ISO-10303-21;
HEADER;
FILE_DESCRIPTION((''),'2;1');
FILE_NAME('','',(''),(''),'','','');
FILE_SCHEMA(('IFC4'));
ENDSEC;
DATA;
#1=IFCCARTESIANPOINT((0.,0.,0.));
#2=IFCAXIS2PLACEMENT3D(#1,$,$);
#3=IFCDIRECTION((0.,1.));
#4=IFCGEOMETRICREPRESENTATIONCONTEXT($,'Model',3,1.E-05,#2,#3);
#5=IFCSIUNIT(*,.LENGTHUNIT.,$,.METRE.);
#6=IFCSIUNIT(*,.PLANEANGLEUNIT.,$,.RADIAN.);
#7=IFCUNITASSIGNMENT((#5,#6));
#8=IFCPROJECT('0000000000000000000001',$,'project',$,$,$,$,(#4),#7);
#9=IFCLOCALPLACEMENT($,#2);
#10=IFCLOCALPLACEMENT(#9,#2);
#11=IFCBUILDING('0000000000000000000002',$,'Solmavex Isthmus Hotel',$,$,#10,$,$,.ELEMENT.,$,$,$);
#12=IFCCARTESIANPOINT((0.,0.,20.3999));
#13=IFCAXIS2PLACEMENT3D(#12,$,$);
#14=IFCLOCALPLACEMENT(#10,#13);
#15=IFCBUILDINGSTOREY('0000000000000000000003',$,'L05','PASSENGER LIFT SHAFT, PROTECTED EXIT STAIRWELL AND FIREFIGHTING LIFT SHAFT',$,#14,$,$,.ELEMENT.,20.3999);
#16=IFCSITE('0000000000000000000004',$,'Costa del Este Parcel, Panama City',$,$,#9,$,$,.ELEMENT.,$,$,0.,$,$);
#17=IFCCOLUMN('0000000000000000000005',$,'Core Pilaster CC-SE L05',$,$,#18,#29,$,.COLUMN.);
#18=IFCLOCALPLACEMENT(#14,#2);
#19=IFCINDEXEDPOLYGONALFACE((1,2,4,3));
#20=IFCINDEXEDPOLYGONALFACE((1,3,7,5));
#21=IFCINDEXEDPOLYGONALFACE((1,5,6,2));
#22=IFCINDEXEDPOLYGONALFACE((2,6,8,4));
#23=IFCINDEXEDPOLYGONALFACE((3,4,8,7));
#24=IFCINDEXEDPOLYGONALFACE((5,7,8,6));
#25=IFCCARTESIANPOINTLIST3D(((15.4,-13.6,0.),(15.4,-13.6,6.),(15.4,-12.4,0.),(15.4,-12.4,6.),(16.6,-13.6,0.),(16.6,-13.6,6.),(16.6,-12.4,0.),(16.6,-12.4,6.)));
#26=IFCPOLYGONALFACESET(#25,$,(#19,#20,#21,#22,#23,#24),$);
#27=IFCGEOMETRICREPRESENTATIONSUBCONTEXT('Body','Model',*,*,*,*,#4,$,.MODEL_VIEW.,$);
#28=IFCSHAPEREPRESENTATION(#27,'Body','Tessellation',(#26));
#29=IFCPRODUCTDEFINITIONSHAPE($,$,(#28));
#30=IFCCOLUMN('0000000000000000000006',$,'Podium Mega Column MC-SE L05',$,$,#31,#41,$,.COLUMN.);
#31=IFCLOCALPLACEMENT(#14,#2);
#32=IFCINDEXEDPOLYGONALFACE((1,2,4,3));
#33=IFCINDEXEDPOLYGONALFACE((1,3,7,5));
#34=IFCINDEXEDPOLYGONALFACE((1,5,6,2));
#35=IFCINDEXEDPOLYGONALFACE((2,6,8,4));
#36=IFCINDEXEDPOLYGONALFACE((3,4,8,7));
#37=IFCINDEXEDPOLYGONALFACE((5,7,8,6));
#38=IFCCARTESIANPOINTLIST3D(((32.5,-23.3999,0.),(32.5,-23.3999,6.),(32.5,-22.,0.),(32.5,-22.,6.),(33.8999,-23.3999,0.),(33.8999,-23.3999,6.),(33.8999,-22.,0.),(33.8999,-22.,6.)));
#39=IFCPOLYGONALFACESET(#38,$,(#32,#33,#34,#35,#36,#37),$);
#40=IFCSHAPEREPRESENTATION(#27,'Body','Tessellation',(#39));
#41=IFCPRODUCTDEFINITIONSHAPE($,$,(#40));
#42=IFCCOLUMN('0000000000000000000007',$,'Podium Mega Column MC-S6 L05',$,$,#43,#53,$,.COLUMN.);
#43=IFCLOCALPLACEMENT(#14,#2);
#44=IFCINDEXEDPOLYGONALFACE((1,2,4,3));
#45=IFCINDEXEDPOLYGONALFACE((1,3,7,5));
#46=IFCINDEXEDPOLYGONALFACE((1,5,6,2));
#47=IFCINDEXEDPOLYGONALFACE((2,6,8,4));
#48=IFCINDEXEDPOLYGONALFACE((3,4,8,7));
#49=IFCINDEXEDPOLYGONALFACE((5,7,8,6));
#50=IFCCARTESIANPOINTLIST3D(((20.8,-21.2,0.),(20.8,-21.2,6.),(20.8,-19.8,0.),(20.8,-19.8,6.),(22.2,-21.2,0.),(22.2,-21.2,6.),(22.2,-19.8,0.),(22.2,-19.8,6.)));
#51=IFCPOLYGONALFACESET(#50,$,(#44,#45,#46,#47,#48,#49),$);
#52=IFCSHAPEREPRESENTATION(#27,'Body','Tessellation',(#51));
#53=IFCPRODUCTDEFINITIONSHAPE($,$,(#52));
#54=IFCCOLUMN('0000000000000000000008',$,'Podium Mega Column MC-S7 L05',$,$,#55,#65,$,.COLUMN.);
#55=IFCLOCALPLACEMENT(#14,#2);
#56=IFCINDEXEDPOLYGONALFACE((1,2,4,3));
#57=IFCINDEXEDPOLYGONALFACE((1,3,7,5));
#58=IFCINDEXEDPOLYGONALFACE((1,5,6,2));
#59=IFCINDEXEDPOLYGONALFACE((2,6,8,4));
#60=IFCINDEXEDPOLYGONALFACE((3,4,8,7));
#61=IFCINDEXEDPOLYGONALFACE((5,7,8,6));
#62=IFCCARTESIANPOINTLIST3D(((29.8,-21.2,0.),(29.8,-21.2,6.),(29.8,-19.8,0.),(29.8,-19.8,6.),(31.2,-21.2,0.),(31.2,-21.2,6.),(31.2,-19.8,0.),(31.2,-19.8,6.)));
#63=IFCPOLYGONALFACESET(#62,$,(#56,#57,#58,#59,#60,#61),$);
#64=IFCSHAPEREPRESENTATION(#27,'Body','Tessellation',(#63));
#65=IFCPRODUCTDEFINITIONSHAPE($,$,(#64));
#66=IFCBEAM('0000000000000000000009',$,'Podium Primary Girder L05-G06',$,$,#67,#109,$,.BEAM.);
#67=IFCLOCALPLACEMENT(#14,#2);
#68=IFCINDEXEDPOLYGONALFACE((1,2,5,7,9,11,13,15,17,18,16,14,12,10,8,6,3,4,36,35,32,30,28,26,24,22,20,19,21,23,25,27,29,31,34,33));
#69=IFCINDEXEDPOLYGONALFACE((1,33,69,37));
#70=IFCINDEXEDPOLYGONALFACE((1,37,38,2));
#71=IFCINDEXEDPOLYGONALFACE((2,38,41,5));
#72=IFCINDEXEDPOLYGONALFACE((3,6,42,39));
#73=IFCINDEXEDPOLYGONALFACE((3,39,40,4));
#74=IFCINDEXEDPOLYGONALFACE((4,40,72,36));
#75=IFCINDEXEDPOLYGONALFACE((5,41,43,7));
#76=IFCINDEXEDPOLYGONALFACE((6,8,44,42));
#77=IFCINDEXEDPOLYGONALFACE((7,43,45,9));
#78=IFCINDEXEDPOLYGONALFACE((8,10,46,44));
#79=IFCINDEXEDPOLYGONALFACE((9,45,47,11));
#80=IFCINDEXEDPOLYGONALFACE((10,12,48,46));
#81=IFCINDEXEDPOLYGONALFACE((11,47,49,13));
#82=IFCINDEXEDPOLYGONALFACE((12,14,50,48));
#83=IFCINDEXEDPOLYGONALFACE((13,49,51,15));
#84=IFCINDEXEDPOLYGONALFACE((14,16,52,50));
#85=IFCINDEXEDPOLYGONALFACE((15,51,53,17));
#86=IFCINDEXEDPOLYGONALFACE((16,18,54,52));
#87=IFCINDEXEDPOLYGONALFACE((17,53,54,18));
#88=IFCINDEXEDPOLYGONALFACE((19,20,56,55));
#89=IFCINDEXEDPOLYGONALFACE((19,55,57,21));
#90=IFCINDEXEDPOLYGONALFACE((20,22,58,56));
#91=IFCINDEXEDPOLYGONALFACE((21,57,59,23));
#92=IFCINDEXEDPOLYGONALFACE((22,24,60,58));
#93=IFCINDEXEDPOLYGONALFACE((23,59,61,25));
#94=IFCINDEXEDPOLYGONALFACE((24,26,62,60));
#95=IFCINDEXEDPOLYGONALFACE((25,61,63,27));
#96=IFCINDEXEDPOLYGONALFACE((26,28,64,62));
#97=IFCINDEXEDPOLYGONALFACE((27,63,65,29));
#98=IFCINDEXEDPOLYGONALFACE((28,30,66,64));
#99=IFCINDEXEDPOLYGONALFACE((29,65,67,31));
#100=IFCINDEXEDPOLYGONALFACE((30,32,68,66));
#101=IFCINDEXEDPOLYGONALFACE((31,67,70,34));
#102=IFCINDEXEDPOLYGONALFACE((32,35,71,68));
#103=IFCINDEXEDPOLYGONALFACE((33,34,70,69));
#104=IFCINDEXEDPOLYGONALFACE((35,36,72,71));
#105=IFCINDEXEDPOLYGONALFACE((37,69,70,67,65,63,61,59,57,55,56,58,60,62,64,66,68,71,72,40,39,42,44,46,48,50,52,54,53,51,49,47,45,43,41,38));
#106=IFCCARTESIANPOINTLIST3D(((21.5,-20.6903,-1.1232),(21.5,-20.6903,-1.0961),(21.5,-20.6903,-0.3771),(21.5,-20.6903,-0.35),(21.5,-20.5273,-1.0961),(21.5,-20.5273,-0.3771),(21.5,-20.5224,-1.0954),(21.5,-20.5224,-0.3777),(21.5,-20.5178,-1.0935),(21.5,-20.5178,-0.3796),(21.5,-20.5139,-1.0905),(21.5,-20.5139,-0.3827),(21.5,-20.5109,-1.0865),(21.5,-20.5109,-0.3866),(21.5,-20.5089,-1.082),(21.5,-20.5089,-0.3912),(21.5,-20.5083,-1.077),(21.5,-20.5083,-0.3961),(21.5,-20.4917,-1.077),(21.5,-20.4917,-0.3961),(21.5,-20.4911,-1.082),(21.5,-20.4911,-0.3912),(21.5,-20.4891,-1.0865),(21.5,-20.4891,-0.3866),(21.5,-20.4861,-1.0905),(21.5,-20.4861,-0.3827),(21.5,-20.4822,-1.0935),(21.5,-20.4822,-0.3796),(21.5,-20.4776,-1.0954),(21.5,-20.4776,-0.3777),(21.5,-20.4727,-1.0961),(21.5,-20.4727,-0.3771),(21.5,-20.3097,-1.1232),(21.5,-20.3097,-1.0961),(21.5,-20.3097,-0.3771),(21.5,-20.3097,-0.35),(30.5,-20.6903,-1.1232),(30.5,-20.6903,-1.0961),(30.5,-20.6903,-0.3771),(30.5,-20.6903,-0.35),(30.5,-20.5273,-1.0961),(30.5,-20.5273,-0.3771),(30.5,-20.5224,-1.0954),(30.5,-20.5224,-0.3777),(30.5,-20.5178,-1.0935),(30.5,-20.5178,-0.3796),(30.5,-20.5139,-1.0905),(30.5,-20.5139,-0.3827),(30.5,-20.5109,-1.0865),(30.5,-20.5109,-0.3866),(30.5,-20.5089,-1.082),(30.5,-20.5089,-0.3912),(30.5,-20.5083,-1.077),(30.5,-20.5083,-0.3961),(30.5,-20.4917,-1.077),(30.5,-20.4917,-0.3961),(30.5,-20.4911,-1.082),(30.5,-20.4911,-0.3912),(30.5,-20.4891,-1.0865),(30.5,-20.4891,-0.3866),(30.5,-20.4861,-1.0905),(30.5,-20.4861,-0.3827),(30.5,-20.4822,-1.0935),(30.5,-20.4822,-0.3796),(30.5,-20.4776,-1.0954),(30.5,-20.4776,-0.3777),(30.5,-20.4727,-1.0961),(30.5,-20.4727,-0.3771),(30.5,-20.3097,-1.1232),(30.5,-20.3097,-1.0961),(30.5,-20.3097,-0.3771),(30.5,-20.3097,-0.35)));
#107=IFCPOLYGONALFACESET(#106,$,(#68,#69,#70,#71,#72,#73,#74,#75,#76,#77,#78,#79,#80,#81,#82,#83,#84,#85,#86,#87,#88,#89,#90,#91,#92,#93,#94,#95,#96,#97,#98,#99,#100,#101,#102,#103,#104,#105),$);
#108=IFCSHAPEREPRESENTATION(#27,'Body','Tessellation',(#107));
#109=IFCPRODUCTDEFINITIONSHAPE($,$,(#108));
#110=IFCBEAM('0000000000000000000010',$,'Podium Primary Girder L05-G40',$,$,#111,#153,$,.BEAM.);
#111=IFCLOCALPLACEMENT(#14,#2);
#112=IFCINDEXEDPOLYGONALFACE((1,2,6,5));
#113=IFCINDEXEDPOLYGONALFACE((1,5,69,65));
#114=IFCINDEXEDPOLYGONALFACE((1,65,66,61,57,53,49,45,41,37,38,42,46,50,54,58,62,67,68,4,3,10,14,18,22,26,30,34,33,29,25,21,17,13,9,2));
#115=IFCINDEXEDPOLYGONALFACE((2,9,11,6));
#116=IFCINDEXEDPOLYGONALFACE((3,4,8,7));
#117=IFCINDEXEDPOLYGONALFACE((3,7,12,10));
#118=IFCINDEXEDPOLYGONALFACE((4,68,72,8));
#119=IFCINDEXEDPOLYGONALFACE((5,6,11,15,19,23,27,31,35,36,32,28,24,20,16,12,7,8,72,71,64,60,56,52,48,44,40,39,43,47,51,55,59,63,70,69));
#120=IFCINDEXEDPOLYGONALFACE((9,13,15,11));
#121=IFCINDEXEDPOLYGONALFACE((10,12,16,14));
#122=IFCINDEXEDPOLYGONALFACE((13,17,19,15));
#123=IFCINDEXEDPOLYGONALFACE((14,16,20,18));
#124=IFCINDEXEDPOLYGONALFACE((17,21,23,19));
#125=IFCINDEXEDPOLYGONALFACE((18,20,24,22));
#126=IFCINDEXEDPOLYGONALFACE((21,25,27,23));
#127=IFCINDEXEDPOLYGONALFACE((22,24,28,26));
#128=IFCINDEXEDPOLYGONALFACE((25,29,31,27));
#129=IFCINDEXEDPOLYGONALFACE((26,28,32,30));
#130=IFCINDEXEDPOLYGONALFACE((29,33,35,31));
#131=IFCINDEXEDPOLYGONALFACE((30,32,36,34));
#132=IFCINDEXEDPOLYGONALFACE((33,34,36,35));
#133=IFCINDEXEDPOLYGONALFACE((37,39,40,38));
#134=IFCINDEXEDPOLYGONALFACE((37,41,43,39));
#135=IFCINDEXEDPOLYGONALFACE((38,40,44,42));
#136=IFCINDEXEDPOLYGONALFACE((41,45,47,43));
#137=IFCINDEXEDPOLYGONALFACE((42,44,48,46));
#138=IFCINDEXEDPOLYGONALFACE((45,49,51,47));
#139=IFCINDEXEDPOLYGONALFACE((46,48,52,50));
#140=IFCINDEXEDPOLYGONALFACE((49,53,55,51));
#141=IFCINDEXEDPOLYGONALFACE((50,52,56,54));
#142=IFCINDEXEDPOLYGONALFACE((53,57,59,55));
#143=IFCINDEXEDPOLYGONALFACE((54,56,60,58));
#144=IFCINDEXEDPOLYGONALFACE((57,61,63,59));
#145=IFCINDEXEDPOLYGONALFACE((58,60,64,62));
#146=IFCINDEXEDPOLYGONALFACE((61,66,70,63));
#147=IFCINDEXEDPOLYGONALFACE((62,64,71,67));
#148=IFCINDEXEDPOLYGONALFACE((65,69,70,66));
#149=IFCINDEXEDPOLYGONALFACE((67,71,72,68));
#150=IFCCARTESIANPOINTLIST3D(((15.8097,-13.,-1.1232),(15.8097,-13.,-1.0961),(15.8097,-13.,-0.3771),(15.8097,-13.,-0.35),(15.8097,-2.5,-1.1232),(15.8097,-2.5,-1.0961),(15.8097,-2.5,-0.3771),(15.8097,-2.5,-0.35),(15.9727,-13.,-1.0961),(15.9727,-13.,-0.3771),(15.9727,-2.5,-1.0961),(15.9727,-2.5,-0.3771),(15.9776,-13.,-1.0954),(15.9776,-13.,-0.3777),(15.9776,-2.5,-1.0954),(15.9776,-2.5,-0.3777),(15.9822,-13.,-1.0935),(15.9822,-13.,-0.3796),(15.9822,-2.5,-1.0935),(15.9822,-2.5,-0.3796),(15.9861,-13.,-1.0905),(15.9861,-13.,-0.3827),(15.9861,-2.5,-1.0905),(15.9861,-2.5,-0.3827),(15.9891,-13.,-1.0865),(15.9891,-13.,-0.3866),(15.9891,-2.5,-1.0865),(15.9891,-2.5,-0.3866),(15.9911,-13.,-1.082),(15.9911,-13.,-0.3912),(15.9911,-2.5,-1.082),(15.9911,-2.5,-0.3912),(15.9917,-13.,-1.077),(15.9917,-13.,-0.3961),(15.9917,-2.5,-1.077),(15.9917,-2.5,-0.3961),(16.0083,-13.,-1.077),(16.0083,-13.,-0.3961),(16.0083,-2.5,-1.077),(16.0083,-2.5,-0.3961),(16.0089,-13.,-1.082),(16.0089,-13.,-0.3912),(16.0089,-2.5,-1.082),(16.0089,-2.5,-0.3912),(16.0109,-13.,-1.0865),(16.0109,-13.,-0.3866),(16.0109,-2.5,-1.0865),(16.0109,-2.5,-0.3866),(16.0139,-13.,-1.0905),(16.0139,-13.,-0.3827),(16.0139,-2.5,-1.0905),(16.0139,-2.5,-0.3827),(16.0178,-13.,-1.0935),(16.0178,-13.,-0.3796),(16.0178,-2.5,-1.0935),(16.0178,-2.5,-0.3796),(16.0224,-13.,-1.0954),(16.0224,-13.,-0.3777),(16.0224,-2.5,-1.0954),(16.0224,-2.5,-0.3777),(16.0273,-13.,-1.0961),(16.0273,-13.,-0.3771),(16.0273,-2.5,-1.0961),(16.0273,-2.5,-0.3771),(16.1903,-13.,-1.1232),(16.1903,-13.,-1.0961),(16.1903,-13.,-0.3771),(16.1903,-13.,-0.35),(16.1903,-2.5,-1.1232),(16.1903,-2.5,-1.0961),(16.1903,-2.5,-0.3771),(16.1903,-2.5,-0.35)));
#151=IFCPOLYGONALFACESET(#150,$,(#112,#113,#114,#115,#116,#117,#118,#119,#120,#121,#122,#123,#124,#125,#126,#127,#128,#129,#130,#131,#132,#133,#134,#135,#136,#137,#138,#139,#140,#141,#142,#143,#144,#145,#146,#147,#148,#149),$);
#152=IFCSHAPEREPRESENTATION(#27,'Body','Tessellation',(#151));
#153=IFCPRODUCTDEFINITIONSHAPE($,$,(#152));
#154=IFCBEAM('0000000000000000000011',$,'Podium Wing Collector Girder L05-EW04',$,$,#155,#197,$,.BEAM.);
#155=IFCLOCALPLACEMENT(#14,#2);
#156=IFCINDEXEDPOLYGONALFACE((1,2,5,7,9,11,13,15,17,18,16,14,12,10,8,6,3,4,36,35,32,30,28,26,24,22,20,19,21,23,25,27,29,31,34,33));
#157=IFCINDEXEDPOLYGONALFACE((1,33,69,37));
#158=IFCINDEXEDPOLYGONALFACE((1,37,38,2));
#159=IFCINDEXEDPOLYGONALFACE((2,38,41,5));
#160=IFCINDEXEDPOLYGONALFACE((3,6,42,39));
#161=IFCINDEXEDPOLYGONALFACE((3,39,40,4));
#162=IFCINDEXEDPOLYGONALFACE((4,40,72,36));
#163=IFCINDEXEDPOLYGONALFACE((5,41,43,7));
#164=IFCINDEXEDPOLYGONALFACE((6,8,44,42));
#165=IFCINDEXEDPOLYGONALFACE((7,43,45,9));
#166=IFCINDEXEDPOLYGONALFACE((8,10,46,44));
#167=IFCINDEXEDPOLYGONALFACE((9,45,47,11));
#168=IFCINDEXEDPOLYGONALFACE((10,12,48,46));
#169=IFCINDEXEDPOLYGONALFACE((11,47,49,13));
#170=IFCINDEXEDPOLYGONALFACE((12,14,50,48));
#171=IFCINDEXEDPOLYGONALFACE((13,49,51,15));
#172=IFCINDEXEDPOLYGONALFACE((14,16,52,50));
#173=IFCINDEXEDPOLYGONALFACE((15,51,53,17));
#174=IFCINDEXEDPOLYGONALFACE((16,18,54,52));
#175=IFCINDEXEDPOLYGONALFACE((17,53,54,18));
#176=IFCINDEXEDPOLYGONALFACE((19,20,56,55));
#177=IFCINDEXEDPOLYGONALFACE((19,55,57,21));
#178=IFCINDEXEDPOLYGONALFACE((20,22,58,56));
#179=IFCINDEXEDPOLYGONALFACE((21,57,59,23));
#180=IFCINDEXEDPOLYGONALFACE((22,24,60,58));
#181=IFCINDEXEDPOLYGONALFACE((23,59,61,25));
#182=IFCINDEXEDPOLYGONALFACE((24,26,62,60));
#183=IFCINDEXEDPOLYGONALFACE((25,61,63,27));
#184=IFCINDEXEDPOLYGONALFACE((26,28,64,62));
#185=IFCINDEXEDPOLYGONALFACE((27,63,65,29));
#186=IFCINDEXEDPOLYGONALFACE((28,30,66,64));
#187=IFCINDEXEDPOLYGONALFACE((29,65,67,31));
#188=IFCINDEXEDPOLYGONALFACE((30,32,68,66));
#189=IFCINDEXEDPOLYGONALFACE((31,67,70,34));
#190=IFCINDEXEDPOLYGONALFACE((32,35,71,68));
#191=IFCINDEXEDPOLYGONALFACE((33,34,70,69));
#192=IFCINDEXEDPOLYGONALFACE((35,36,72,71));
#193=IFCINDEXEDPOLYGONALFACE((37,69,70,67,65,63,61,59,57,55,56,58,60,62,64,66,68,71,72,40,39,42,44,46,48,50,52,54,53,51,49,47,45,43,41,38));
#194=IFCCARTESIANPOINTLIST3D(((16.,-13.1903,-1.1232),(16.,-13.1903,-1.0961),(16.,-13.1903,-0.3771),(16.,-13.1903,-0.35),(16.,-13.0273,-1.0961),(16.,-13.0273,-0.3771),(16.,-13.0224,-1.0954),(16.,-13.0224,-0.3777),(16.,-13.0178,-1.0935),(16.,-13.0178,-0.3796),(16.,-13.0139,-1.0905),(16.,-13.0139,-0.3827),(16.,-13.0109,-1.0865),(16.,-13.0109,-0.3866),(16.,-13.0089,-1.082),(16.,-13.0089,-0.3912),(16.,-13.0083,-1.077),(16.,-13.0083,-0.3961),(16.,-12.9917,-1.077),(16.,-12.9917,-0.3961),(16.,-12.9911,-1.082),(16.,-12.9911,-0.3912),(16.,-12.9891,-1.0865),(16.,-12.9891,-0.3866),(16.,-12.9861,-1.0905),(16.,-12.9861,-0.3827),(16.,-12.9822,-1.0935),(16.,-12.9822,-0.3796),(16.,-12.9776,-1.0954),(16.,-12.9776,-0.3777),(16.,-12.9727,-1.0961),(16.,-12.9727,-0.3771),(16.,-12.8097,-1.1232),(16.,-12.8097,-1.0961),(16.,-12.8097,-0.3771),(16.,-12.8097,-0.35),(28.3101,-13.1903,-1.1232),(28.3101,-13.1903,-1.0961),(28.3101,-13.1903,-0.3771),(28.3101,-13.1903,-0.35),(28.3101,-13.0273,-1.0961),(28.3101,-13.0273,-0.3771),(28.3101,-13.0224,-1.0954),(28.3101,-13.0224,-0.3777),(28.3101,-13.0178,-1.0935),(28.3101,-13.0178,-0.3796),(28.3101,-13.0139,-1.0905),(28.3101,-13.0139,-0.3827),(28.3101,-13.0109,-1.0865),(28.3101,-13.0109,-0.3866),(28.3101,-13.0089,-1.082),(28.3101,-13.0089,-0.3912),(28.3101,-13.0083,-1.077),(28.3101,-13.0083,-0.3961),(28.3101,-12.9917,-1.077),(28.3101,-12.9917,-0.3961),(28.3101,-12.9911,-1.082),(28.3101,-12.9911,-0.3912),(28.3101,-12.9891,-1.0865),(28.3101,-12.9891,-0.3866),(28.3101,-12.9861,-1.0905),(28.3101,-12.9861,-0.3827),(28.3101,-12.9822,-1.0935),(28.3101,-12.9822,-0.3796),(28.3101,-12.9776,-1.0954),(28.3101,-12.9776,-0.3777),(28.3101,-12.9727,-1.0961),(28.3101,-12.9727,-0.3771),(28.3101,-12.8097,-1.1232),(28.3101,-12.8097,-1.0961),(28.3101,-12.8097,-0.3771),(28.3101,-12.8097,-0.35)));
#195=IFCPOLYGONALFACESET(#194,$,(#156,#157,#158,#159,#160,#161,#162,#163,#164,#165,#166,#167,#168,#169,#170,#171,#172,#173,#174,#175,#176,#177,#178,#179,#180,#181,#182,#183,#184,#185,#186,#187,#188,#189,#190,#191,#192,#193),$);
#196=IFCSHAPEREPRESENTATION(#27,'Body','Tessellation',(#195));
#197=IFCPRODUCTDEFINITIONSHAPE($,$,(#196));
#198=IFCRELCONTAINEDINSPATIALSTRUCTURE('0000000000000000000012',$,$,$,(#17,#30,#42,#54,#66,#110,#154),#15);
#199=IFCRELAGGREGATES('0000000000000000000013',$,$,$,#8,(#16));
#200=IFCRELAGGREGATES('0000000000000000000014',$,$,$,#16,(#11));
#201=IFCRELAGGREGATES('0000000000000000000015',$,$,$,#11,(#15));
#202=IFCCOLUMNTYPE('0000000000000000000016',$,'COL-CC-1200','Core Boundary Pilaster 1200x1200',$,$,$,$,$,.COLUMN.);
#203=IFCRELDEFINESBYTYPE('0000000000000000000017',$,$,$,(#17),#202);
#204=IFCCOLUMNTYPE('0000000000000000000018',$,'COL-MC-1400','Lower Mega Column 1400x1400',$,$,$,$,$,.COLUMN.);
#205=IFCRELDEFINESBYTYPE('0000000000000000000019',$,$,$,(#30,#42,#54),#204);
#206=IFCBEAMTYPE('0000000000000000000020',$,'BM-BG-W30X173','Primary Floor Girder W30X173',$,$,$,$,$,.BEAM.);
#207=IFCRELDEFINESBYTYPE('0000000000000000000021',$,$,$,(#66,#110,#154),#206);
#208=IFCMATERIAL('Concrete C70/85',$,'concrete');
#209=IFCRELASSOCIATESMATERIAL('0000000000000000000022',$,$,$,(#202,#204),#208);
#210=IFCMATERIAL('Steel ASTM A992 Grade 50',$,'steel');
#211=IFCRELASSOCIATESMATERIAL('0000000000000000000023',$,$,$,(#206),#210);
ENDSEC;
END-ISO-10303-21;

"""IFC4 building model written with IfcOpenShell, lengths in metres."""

from ifc_helpers import new_model, si_unit, direction, frame, origin, origin_2d, place, context, subcontext, project, spatial, rectangle, i_section, extrude, material, material_profile, profile_set, type_object, element, save


model = new_model("IFC4")

# Units and contexts
model_context = context("Model", 3, precision=1e-05, world=origin(), true_north=direction((0.0, 1.0)))
body_context = subcontext(model_context, "Body", "Model", "MODEL_VIEW")
ifc_project = project(units=[si_unit("LENGTHUNIT", "METRE"), si_unit("PLANEANGLEUNIT", "RADIAN")], contexts=[model_context])

# Site, building, storey
site_placement = place(None, origin())
site = spatial("IfcSite", under=ifc_project, at=site_placement, Name="Costa del Este Parcel, Panama City", CompositionType="ELEMENT", RefElevation=0.0)
building_placement = place(site_placement, origin())
building = spatial("IfcBuilding", under=site, at=building_placement, Name="Solmavex Isthmus Hotel", CompositionType="ELEMENT")
storey_placement = place(building_placement, frame((0.0, 0.0, 20.3999)))
storey = spatial("IfcBuildingStorey", under=building, at=storey_placement, Name="L05", Description="PASSENGER LIFT SHAFT, PROTECTED EXIT STAIRWELL AND FIREFIGHTING LIFT SHAFT", CompositionType="ELEMENT", Elevation=20.3999)

# Columns
ifc_material_1 = material(Name="Concrete C70/85", Category="concrete")
ifc_material_profile_1 = material_profile(ifc_material_1, rectangle(XDim=1.2, YDim=1.2, at=origin_2d()), Name="RC1200X1200")
ifc_profile_set_1 = profile_set([ifc_material_profile_1], Name="Concrete C70/85")
column_type_1 = type_object("IfcColumnType", Name="COL-CC-1200", Description="Core Boundary Pilaster 1200x1200", PredefinedType="COLUMN", material=ifc_profile_set_1)
column_placement = place(storey_placement, frame((16.0, -13.0, 0.0), z_axis=(0.0, 0.0, 1.0), x_axis=(1.0, 0.0, 0.0)))
element("IfcColumn", 1, at=column_placement, inside=storey, type_object=column_type_1, Name="Core Pilaster CC-SE L05", PredefinedType="COLUMN", context=body_context, shape_type="SweptSolid", body=[
    extrude(rectangle(XDim=1.2, YDim=1.2, at=origin_2d()), origin(), (0.0, 0.0, 1.0), 6.0),
])
ifc_material_profile_2 = material_profile(ifc_material_1, rectangle(XDim=1.3999, YDim=1.3999, at=origin_2d()), Name="RC1400X1400")
ifc_profile_set_2 = profile_set([ifc_material_profile_2], Name="Concrete C70/85")
column_type_2 = type_object("IfcColumnType", Name="COL-MC-1400", Description="Lower Mega Column 1400x1400", PredefinedType="COLUMN", material=ifc_profile_set_2)
for number, where, z_axis, x_axis, name in (
    (2, (33.2, -22.7, 0.0), (0.0, 0.0, 1.0), (1.0, 0.0, 0.0), "Podium Mega Column MC-SE L05"),
    (3, (21.5, -20.5, 0.0), (0.0, 0.0, 1.0), (1.0, 0.0, 0.0), "Podium Mega Column MC-S6 L05"),
    (4, (30.5, -20.5, 0.0), (0.0, 0.0, 1.0), (1.0, 0.0, 0.0), "Podium Mega Column MC-S7 L05"),
):
    element("IfcColumn", number, at=place(storey_placement, frame(where, z_axis=z_axis, x_axis=x_axis)), inside=storey, type_object=column_type_2, Name=name, PredefinedType="COLUMN", context=body_context, shape_type="SweptSolid", body=[
        extrude(rectangle(XDim=1.3999, YDim=1.3999, at=origin_2d()), origin(), (0.0, 0.0, 1.0), 6.0),
    ])

# Beams
ifc_material_2 = material(Name="Steel ASTM A992 Grade 50", Category="steel")
ifc_material_profile_3 = material_profile(ifc_material_2, i_section(OverallWidth=0.3806, OverallDepth=0.7732, WebThickness=0.0166, FlangeThickness=0.0271, FilletRadius=0.019, at=origin_2d()), Name="W30X173")
ifc_profile_set_3 = profile_set([ifc_material_profile_3], Name="Steel ASTM A992 Grade 50")
beam_type_1 = type_object("IfcBeamType", Name="BM-BG-W30X173", Description="Primary Floor Girder W30X173", PredefinedType="BEAM", material=ifc_profile_set_3)
beam_1_placement = place(storey_placement, frame((21.5, -20.5, -0.7366), z_axis=(1.0, 0.0, 0.0), x_axis=(0.0, 1.0, 0.0)))
element("IfcBeam", 5, at=beam_1_placement, inside=storey, type_object=beam_type_1, Name="Podium Primary Girder L05-G06", PredefinedType="BEAM", context=body_context, shape_type="SweptSolid", body=[
    extrude(i_section(OverallWidth=0.3806, OverallDepth=0.7732, WebThickness=0.0166, FlangeThickness=0.0271, FilletRadius=0.019, at=origin_2d()), origin(), (0.0, 0.0, 1.0), 9.0),
])
beam_2_placement = place(storey_placement, frame((16.0, -13.0, -0.7366), z_axis=(0.0, 1.0, 0.0), x_axis=(-1.0, 0.0, 0.0)))
element("IfcBeam", 6, at=beam_2_placement, inside=storey, type_object=beam_type_1, Name="Podium Primary Girder L05-G40", PredefinedType="BEAM", context=body_context, shape_type="SweptSolid", body=[
    extrude(i_section(OverallWidth=0.3806, OverallDepth=0.7732, WebThickness=0.0166, FlangeThickness=0.0271, FilletRadius=0.019, at=origin_2d()), origin(), (0.0, 0.0, 1.0), 10.5),
])
beam_3_placement = place(storey_placement, frame((16.0, -13.0, -0.7366), z_axis=(1.0, 0.0, 0.0), x_axis=(0.0, 1.0, 0.0)))
element("IfcBeam", 7, at=beam_3_placement, inside=storey, type_object=beam_type_1, Name="Podium Wing Collector Girder L05-EW04", PredefinedType="BEAM", context=body_context, shape_type="SweptSolid", body=[
    extrude(i_section(OverallWidth=0.3806, OverallDepth=0.7732, WebThickness=0.0166, FlangeThickness=0.0271, FilletRadius=0.019, at=origin_2d()), origin(), (0.0, 0.0, 1.0), 12.3101),
])

save(model, "model.ifc")
